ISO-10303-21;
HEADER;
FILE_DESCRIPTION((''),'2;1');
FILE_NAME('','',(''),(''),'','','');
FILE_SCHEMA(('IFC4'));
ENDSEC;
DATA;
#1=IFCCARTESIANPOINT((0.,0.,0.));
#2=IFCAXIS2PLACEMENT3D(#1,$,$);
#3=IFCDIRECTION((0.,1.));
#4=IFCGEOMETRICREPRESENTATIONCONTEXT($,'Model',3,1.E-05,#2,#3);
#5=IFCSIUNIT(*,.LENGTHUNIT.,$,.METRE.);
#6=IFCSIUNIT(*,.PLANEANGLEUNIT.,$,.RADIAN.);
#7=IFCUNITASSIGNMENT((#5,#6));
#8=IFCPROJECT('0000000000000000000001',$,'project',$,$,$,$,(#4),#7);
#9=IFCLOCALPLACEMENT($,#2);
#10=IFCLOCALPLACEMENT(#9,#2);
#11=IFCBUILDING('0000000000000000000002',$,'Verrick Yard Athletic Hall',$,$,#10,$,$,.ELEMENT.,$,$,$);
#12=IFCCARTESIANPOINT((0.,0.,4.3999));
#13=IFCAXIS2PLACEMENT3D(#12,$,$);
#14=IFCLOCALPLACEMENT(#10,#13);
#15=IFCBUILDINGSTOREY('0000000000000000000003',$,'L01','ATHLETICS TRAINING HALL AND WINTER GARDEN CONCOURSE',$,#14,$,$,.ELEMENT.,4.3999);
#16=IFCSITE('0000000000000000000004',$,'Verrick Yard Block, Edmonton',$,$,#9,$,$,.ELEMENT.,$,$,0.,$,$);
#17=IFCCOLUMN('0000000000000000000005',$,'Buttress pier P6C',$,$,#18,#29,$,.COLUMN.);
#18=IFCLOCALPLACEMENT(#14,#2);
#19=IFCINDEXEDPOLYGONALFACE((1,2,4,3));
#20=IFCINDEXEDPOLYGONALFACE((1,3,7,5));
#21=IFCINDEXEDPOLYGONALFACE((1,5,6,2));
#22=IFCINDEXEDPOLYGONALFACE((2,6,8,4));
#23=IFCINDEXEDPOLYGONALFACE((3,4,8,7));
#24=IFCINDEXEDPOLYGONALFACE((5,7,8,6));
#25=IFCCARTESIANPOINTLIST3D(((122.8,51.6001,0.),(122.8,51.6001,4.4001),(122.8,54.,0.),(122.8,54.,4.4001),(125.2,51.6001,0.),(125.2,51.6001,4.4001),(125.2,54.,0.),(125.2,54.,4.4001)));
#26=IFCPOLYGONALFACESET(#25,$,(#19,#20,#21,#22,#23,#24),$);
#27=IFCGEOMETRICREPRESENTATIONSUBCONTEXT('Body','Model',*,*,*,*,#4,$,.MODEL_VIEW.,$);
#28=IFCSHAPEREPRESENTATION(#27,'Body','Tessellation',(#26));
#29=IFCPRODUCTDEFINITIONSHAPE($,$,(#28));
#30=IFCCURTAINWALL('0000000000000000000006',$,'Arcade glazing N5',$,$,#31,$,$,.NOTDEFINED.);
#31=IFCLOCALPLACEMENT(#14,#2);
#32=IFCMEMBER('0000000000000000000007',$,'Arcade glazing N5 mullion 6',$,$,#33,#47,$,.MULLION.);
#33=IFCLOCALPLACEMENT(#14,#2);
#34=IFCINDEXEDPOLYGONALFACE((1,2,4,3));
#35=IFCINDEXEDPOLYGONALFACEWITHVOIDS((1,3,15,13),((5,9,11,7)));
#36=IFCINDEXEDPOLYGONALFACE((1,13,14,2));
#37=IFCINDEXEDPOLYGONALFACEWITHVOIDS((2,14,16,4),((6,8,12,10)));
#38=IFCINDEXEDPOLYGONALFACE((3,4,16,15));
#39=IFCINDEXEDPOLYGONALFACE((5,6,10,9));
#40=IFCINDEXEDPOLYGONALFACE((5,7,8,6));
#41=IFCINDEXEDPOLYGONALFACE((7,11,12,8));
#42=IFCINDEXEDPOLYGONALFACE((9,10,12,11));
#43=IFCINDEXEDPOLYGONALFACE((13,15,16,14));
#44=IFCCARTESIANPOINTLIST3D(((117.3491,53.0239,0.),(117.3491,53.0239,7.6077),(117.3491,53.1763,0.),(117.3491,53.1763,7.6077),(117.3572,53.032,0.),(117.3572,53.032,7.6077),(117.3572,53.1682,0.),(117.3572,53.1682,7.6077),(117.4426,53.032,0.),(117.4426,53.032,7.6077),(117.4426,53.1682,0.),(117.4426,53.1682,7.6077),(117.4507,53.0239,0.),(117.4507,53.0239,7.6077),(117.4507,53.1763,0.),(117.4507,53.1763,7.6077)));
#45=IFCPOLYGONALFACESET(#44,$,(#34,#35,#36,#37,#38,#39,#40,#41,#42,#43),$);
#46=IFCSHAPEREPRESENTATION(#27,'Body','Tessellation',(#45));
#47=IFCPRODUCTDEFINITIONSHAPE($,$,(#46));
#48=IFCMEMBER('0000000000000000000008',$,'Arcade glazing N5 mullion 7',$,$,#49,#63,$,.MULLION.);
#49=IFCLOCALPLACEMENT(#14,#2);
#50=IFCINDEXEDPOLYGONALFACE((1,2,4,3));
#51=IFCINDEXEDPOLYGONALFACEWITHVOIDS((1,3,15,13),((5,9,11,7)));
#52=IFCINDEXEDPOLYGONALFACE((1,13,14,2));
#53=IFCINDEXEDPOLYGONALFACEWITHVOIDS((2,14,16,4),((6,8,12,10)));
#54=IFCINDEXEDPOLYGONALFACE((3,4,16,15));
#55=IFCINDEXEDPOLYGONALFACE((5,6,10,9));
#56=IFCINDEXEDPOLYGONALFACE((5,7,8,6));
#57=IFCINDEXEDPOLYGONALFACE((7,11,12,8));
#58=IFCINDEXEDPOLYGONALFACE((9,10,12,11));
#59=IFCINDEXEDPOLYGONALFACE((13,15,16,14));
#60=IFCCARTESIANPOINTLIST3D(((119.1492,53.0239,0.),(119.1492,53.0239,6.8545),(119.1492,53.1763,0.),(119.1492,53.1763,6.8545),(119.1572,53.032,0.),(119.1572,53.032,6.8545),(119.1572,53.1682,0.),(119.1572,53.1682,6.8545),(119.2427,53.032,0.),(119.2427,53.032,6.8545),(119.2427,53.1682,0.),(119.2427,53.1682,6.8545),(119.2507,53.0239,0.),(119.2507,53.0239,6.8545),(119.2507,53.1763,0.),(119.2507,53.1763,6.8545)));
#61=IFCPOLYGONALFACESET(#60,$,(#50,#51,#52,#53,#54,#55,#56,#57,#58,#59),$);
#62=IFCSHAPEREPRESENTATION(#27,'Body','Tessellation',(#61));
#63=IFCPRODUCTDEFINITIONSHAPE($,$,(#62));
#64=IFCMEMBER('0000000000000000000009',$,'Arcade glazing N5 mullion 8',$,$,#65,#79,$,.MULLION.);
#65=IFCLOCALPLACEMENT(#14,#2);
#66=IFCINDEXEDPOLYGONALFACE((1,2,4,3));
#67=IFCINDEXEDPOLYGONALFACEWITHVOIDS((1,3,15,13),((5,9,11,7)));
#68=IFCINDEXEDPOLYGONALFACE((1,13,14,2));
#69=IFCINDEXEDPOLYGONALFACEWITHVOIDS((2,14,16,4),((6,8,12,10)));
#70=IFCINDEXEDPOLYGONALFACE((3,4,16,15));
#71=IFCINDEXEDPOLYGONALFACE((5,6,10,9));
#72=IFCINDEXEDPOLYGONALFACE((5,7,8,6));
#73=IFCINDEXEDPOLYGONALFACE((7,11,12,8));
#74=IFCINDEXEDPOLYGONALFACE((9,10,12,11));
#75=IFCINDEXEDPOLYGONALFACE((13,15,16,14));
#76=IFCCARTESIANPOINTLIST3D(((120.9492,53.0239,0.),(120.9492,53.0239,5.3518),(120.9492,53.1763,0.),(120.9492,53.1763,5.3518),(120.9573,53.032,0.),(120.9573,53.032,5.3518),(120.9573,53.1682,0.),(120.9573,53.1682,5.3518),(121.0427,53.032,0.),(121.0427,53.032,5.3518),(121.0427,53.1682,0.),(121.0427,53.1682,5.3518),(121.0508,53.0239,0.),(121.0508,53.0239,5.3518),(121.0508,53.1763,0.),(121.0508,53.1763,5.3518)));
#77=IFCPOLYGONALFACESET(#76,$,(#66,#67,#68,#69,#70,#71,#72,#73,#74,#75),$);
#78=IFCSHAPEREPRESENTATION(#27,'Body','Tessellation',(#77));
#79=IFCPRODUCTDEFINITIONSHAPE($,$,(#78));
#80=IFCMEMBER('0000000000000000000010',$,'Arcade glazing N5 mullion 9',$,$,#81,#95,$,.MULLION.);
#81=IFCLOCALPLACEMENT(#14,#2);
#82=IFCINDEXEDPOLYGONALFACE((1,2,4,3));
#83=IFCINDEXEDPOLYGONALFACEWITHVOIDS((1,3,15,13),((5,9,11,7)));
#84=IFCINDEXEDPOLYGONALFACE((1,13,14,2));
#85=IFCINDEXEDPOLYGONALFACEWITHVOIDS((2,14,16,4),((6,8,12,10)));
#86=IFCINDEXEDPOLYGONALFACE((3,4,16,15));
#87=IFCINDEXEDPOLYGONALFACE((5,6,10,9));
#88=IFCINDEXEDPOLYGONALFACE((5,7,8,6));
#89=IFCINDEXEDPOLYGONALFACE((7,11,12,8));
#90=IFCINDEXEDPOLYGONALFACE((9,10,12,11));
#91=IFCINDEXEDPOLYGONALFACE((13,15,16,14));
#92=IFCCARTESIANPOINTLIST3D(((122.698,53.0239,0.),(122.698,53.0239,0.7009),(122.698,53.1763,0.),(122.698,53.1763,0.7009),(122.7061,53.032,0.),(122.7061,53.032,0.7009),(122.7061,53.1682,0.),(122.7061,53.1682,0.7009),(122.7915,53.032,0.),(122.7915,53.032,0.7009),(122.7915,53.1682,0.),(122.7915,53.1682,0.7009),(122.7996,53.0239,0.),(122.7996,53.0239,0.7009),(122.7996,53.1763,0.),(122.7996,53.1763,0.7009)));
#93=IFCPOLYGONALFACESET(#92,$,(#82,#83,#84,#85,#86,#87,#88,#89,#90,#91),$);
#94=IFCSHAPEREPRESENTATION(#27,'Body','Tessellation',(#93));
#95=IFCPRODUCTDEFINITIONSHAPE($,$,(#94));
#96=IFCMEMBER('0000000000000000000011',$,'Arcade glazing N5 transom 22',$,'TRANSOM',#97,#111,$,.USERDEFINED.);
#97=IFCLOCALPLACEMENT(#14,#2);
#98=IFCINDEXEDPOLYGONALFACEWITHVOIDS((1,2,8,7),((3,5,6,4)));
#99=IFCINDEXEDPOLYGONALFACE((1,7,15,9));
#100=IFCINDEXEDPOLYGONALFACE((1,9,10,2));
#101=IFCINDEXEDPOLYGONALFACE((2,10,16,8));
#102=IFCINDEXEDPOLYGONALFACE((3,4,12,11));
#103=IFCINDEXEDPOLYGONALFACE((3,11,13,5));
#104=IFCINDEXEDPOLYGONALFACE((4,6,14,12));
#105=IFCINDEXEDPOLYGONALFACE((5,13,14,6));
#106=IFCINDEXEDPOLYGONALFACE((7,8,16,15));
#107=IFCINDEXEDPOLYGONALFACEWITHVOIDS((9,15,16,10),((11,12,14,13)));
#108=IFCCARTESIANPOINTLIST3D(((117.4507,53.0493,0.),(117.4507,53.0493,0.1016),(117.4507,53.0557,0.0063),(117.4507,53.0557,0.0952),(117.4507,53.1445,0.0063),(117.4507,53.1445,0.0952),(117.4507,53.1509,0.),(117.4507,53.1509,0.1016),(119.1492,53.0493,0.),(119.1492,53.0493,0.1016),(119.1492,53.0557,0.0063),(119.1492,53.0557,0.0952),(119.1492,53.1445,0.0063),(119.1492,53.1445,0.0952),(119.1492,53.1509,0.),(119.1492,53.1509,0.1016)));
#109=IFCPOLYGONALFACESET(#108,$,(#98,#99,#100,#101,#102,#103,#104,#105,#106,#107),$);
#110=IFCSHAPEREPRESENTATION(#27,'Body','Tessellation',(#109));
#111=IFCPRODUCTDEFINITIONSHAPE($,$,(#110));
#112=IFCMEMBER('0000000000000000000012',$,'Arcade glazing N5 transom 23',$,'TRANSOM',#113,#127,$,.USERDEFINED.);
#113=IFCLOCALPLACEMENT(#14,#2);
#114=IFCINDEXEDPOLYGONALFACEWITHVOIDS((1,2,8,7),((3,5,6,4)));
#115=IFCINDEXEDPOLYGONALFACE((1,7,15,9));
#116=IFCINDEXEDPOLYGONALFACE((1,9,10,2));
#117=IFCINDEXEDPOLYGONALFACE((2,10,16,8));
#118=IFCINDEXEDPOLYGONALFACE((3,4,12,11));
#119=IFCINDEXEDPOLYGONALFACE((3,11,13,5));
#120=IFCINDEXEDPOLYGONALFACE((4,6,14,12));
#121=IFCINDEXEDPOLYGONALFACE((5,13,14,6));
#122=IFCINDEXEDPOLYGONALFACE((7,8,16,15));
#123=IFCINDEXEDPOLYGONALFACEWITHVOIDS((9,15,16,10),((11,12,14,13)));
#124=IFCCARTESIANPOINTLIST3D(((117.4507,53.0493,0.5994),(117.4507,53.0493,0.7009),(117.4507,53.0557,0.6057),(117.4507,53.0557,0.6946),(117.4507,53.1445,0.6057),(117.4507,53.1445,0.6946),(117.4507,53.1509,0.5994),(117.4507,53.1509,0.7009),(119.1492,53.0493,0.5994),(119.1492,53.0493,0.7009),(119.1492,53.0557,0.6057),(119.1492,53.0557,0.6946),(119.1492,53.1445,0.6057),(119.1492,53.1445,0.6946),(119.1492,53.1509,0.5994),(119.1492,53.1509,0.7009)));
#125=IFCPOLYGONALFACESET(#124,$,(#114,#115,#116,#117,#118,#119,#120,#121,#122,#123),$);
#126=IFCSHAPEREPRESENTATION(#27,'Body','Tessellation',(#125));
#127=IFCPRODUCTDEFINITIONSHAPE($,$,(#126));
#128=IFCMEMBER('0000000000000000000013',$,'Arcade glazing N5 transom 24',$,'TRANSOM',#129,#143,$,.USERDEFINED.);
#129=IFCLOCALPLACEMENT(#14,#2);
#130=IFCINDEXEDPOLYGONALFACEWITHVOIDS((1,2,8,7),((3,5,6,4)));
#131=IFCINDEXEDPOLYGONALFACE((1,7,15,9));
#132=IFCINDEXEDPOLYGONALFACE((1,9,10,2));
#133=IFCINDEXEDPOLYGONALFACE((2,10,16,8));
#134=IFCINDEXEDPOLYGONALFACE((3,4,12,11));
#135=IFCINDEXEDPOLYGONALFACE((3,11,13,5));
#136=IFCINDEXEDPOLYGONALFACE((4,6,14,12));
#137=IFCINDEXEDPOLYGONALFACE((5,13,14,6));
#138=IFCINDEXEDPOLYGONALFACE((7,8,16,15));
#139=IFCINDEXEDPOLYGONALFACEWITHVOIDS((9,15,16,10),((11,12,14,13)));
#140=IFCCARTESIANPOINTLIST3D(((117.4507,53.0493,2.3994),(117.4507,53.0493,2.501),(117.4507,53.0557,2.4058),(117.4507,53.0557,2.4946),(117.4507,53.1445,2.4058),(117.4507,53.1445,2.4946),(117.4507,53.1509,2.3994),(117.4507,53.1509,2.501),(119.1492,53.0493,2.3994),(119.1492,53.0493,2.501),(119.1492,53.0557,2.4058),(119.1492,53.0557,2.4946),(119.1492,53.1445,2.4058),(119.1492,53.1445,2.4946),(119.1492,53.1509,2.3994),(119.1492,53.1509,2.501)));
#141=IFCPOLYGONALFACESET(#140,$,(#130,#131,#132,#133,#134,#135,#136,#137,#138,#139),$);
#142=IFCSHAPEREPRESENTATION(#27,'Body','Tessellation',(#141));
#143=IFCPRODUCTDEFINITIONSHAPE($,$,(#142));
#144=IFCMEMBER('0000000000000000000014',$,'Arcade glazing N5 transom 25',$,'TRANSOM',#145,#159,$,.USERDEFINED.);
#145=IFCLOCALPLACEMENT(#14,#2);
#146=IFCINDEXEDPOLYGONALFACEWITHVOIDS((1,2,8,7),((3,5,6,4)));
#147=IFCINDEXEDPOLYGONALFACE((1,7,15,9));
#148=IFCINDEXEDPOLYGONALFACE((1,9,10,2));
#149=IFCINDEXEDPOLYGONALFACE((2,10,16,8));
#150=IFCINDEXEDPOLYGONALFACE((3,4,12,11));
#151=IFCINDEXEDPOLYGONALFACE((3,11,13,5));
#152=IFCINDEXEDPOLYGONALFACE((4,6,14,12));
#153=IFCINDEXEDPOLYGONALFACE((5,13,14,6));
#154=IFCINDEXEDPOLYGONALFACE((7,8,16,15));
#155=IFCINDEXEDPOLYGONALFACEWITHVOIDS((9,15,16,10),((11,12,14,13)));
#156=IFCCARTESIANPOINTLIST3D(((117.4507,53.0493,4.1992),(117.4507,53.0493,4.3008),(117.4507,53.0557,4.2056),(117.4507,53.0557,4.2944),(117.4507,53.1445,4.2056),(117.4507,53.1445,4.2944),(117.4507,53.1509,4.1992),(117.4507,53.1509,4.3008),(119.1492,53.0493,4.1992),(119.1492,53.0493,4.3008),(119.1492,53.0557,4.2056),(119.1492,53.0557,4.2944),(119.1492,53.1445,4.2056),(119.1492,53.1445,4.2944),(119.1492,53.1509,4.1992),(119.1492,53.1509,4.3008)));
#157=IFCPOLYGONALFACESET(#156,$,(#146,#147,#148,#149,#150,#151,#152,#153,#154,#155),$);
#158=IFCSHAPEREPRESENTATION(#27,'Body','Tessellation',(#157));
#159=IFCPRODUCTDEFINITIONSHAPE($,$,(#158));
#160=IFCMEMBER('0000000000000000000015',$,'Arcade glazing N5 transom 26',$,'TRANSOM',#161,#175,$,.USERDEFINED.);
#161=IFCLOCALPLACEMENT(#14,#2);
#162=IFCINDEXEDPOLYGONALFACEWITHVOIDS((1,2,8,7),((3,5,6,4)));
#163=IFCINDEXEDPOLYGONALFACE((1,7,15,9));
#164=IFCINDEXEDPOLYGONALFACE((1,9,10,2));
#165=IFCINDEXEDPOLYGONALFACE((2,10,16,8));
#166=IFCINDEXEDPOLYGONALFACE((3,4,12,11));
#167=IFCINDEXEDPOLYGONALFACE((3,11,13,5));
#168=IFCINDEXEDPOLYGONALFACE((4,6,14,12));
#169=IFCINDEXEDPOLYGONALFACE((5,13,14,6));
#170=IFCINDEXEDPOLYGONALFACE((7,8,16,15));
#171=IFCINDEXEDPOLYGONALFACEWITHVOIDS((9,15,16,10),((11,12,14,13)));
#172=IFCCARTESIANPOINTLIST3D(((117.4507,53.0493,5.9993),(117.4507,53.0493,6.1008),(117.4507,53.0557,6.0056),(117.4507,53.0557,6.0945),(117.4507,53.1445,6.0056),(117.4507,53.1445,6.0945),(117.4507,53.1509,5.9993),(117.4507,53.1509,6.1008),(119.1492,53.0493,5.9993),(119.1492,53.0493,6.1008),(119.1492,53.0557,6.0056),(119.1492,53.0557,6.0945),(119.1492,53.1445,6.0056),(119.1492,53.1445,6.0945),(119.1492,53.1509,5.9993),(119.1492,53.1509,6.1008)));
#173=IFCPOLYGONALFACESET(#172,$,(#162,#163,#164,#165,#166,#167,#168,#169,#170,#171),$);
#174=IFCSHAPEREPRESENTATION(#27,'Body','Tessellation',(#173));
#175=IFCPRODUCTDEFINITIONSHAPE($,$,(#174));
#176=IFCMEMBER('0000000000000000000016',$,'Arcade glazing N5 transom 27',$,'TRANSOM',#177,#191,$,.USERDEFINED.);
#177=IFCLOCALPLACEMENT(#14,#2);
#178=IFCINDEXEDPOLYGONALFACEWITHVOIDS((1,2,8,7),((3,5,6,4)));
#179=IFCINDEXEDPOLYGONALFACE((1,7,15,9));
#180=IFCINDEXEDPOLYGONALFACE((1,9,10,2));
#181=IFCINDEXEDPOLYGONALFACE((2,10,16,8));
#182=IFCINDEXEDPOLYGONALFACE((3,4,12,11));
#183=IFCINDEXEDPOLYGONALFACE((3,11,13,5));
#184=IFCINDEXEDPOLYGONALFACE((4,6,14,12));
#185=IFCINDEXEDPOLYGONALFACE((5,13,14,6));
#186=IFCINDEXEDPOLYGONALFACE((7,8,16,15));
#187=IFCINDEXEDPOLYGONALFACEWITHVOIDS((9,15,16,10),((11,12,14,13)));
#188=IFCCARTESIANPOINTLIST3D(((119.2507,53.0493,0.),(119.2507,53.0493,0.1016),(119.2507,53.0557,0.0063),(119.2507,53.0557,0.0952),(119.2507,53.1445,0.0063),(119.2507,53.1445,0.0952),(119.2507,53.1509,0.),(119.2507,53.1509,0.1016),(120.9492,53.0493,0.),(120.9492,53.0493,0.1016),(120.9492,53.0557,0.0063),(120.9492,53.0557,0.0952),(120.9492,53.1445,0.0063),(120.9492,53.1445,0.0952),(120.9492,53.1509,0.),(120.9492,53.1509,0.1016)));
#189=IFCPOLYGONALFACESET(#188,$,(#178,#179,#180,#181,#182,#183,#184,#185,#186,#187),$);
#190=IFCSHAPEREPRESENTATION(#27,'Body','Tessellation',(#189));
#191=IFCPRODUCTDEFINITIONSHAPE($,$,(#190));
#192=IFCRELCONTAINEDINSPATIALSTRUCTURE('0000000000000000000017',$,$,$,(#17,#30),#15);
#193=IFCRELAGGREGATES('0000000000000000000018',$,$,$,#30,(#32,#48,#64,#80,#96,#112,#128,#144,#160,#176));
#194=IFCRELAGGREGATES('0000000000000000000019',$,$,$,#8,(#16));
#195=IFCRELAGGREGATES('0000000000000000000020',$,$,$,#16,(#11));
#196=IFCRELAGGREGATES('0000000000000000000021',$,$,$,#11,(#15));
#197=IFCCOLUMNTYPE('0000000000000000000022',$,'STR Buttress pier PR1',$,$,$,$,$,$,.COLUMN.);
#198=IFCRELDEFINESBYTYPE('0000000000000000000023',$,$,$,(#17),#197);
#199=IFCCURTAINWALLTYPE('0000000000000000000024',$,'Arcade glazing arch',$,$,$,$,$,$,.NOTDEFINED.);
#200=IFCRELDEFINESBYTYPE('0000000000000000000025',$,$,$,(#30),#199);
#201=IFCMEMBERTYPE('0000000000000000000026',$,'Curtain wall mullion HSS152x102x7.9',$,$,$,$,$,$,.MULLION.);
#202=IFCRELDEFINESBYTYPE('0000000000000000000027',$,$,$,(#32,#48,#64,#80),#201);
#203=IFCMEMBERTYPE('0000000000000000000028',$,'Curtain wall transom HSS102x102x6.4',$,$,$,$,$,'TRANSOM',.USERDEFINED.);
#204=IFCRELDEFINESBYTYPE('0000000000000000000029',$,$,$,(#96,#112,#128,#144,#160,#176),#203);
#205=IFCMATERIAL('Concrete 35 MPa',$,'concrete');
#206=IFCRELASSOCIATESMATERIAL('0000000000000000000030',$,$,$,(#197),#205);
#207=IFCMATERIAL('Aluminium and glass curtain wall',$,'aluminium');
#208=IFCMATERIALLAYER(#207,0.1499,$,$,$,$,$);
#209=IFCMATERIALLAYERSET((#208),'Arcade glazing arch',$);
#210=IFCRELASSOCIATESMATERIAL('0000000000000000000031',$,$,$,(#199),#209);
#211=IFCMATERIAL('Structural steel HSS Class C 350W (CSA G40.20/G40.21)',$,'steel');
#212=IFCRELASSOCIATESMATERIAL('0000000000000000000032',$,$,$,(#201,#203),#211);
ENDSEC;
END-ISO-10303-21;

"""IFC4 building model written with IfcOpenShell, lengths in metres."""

from ifc_helpers import new_model, si_unit, direction, frame, origin, origin_2d, place, context, subcontext, project, spatial, rectangle, hollow_rectangle, extrude, material, layer, layer_set, material_profile, profile_set, type_object, element, aggregate, save


model = new_model("IFC4")

# Units and contexts
model_context = context("Model", 3, precision=1e-05, world=origin(), true_north=direction((0.0, 1.0)))
body_context = subcontext(model_context, "Body", "Model", "MODEL_VIEW")
ifc_project = project(units=[si_unit("LENGTHUNIT", "METRE"), si_unit("PLANEANGLEUNIT", "RADIAN")], contexts=[model_context])

# Site, building, storey
site_placement = place(None, origin())
site = spatial("IfcSite", under=ifc_project, at=site_placement, Name="Verrick Yard Block, Edmonton", CompositionType="ELEMENT", RefElevation=0.0)
building_placement = place(site_placement, origin())
building = spatial("IfcBuilding", under=site, at=building_placement, Name="Verrick Yard Athletic Hall", CompositionType="ELEMENT")
storey_placement = place(building_placement, frame((0.0, 0.0, 4.3999)))
storey = spatial("IfcBuildingStorey", under=building, at=storey_placement, Name="L01", Description="ATHLETICS TRAINING HALL AND WINTER GARDEN CONCOURSE", CompositionType="ELEMENT", Elevation=4.3999)

# Column
ifc_material_1 = material(Name="Concrete 35 MPa", Category="concrete")
ifc_material_profile_1 = material_profile(ifc_material_1, rectangle(XDim=2.3999, YDim=2.3999, at=origin_2d()), Name="STR Buttress pier PR1")
ifc_profile_set_1 = profile_set([ifc_material_profile_1], Name="Concrete 35 MPa")
column_type = type_object("IfcColumnType", Name="STR Buttress pier PR1", PredefinedType="COLUMN", material=ifc_profile_set_1)
column_placement = place(storey_placement, frame((124.0, 52.8, 0.0), z_axis=(0.0, 0.0, 1.0), x_axis=(1.0, 0.0, 0.0)))
element("IfcColumn", 1, at=column_placement, inside=storey, type_object=column_type, Name="Buttress pier P6C", PredefinedType="COLUMN", context=body_context, shape_type="SweptSolid", body=[
    extrude(rectangle(XDim=2.3999, YDim=2.3999, at=origin_2d()), origin(), (0.0, 0.0, 1.0), 4.4001),
])

# Curtain wall, members
ifc_material_2 = material(Name="Aluminium and glass curtain wall", Category="aluminium")
ifc_layer_1 = layer(ifc_material_2, 0.1499)
ifc_layer_set_1 = layer_set([ifc_layer_1], Name="Arcade glazing arch")
curtain_wall_type = type_object("IfcCurtainWallType", Name="Arcade glazing arch", PredefinedType="NOTDEFINED", material=ifc_layer_set_1)
curtain_wall_1_placement = place(storey_placement, origin())
curtain_wall_1 = element("IfcCurtainWall", 2, at=curtain_wall_1_placement, inside=storey, type_object=curtain_wall_type, Name="Arcade glazing N5", PredefinedType="NOTDEFINED")
ifc_material_3 = material(Name="Structural steel HSS Class C 350W (CSA G40.20/G40.21)", Category="steel")
ifc_material_profile_2 = material_profile(ifc_material_3, hollow_rectangle(XDim=0.1016, YDim=0.1523, WallThickness=0.0081, at=origin_2d()), Name="HSS152x102x7.9")
ifc_profile_set_2 = profile_set([ifc_material_profile_2], Name="Structural steel HSS Class C 350W (CSA G40.20/G40.21)")
member_type_1 = type_object("IfcMemberType", Name="Curtain wall mullion HSS152x102x7.9", PredefinedType="MULLION", material=ifc_profile_set_2)
member_1_placement = place(storey_placement, frame((117.3999, 53.1001, 0.0), z_axis=(0.0, 0.0, 1.0), x_axis=(1.0, 0.0, 0.0)))
member_1 = element("IfcMember", 3, at=member_1_placement, type_object=member_type_1, Name="Arcade glazing N5 mullion 6", PredefinedType="MULLION", context=body_context, shape_type="SweptSolid", body=[
    extrude(hollow_rectangle(XDim=0.1016, YDim=0.1523, WallThickness=0.0081, at=origin_2d()), origin(), (0.0, 0.0, 1.0), 7.6077),
])
member_2_placement = place(storey_placement, frame((119.2, 53.1001, 0.0), z_axis=(0.0, 0.0, 1.0), x_axis=(1.0, 0.0, 0.0)))
member_2 = element("IfcMember", 4, at=member_2_placement, type_object=member_type_1, Name="Arcade glazing N5 mullion 7", PredefinedType="MULLION", context=body_context, shape_type="SweptSolid", body=[
    extrude(hollow_rectangle(XDim=0.1016, YDim=0.1523, WallThickness=0.0081, at=origin_2d()), origin(), (0.0, 0.0, 1.0), 6.8545),
])
member_3_placement = place(storey_placement, frame((121.0, 53.1001, 0.0), z_axis=(0.0, 0.0, 1.0), x_axis=(1.0, 0.0, 0.0)))
member_3 = element("IfcMember", 5, at=member_3_placement, type_object=member_type_1, Name="Arcade glazing N5 mullion 8", PredefinedType="MULLION", context=body_context, shape_type="SweptSolid", body=[
    extrude(hollow_rectangle(XDim=0.1016, YDim=0.1523, WallThickness=0.0081, at=origin_2d()), origin(), (0.0, 0.0, 1.0), 5.3518),
])
member_4_placement = place(storey_placement, frame((122.7488, 53.1001, 0.0), z_axis=(0.0, 0.0, 1.0), x_axis=(1.0, 0.0, 0.0)))
member_4 = element("IfcMember", 6, at=member_4_placement, type_object=member_type_1, Name="Arcade glazing N5 mullion 9", PredefinedType="MULLION", context=body_context, shape_type="SweptSolid", body=[
    extrude(hollow_rectangle(XDim=0.1016, YDim=0.1523, WallThickness=0.0081, at=origin_2d()), origin(), (0.0, 0.0, 1.0), 0.7009),
])
ifc_material_profile_3 = material_profile(ifc_material_3, hollow_rectangle(XDim=0.1016, YDim=0.1016, WallThickness=0.0063, at=origin_2d()), Name="HSS102x102x6.4")
ifc_profile_set_3 = profile_set([ifc_material_profile_3], Name="Structural steel HSS Class C 350W (CSA G40.20/G40.21)")
member_type_2 = type_object("IfcMemberType", Name="Curtain wall transom HSS102x102x6.4", ElementType="TRANSOM", PredefinedType="USERDEFINED", material=ifc_profile_set_3)
member_5_placement = place(storey_placement, frame((117.4507, 53.1001, 0.0508), z_axis=(1.0, 0.0, 0.0), x_axis=(0.0, 1.0, 0.0)))
member_5 = element("IfcMember", 7, at=member_5_placement, type_object=member_type_2, Name="Arcade glazing N5 transom 22", ObjectType="TRANSOM", PredefinedType="USERDEFINED", context=body_context, shape_type="SweptSolid", body=[
    extrude(hollow_rectangle(XDim=0.1016, YDim=0.1016, WallThickness=0.0063, at=origin_2d()), origin(), (0.0, 0.0, 1.0), 1.6985),
])
member_6_placement = place(storey_placement, frame((117.4507, 53.1001, 0.6501), z_axis=(1.0, 0.0, 0.0), x_axis=(0.0, 1.0, 0.0)))
member_6 = element("IfcMember", 8, at=member_6_placement, type_object=member_type_2, Name="Arcade glazing N5 transom 23", ObjectType="TRANSOM", PredefinedType="USERDEFINED", context=body_context, shape_type="SweptSolid", body=[
    extrude(hollow_rectangle(XDim=0.1016, YDim=0.1016, WallThickness=0.0063, at=origin_2d()), origin(), (0.0, 0.0, 1.0), 1.6985),
])
member_7_placement = place(storey_placement, frame((117.4507, 53.1001, 2.4502), z_axis=(1.0, 0.0, 0.0), x_axis=(0.0, 1.0, 0.0)))
member_7 = element("IfcMember", 9, at=member_7_placement, type_object=member_type_2, Name="Arcade glazing N5 transom 24", ObjectType="TRANSOM", PredefinedType="USERDEFINED", context=body_context, shape_type="SweptSolid", body=[
    extrude(hollow_rectangle(XDim=0.1016, YDim=0.1016, WallThickness=0.0063, at=origin_2d()), origin(), (0.0, 0.0, 1.0), 1.6985),
])
member_8_placement = place(storey_placement, frame((117.4507, 53.1001, 4.25), z_axis=(1.0, 0.0, 0.0), x_axis=(0.0, 1.0, 0.0)))
member_8 = element("IfcMember", 10, at=member_8_placement, type_object=member_type_2, Name="Arcade glazing N5 transom 25", ObjectType="TRANSOM", PredefinedType="USERDEFINED", context=body_context, shape_type="SweptSolid", body=[
    extrude(hollow_rectangle(XDim=0.1016, YDim=0.1016, WallThickness=0.0063, at=origin_2d()), origin(), (0.0, 0.0, 1.0), 1.6985),
])
member_9_placement = place(storey_placement, frame((117.4507, 53.1001, 6.05), z_axis=(1.0, 0.0, 0.0), x_axis=(0.0, 1.0, 0.0)))
member_9 = element("IfcMember", 11, at=member_9_placement, type_object=member_type_2, Name="Arcade glazing N5 transom 26", ObjectType="TRANSOM", PredefinedType="USERDEFINED", context=body_context, shape_type="SweptSolid", body=[
    extrude(hollow_rectangle(XDim=0.1016, YDim=0.1016, WallThickness=0.0063, at=origin_2d()), origin(), (0.0, 0.0, 1.0), 1.6985),
])
member_10_placement = place(storey_placement, frame((119.2507, 53.1001, 0.0508), z_axis=(1.0, 0.0, 0.0), x_axis=(0.0, 1.0, 0.0)))
member_10 = element("IfcMember", 12, at=member_10_placement, type_object=member_type_2, Name="Arcade glazing N5 transom 27", ObjectType="TRANSOM", PredefinedType="USERDEFINED", context=body_context, shape_type="SweptSolid", body=[
    extrude(hollow_rectangle(XDim=0.1016, YDim=0.1016, WallThickness=0.0063, at=origin_2d()), origin(), (0.0, 0.0, 1.0), 1.6985),
])
aggregate(curtain_wall_1, [member_1, member_2, member_3, member_4, member_5, member_6, member_7, member_8, member_9, member_10])

save(model, "model.ifc")
